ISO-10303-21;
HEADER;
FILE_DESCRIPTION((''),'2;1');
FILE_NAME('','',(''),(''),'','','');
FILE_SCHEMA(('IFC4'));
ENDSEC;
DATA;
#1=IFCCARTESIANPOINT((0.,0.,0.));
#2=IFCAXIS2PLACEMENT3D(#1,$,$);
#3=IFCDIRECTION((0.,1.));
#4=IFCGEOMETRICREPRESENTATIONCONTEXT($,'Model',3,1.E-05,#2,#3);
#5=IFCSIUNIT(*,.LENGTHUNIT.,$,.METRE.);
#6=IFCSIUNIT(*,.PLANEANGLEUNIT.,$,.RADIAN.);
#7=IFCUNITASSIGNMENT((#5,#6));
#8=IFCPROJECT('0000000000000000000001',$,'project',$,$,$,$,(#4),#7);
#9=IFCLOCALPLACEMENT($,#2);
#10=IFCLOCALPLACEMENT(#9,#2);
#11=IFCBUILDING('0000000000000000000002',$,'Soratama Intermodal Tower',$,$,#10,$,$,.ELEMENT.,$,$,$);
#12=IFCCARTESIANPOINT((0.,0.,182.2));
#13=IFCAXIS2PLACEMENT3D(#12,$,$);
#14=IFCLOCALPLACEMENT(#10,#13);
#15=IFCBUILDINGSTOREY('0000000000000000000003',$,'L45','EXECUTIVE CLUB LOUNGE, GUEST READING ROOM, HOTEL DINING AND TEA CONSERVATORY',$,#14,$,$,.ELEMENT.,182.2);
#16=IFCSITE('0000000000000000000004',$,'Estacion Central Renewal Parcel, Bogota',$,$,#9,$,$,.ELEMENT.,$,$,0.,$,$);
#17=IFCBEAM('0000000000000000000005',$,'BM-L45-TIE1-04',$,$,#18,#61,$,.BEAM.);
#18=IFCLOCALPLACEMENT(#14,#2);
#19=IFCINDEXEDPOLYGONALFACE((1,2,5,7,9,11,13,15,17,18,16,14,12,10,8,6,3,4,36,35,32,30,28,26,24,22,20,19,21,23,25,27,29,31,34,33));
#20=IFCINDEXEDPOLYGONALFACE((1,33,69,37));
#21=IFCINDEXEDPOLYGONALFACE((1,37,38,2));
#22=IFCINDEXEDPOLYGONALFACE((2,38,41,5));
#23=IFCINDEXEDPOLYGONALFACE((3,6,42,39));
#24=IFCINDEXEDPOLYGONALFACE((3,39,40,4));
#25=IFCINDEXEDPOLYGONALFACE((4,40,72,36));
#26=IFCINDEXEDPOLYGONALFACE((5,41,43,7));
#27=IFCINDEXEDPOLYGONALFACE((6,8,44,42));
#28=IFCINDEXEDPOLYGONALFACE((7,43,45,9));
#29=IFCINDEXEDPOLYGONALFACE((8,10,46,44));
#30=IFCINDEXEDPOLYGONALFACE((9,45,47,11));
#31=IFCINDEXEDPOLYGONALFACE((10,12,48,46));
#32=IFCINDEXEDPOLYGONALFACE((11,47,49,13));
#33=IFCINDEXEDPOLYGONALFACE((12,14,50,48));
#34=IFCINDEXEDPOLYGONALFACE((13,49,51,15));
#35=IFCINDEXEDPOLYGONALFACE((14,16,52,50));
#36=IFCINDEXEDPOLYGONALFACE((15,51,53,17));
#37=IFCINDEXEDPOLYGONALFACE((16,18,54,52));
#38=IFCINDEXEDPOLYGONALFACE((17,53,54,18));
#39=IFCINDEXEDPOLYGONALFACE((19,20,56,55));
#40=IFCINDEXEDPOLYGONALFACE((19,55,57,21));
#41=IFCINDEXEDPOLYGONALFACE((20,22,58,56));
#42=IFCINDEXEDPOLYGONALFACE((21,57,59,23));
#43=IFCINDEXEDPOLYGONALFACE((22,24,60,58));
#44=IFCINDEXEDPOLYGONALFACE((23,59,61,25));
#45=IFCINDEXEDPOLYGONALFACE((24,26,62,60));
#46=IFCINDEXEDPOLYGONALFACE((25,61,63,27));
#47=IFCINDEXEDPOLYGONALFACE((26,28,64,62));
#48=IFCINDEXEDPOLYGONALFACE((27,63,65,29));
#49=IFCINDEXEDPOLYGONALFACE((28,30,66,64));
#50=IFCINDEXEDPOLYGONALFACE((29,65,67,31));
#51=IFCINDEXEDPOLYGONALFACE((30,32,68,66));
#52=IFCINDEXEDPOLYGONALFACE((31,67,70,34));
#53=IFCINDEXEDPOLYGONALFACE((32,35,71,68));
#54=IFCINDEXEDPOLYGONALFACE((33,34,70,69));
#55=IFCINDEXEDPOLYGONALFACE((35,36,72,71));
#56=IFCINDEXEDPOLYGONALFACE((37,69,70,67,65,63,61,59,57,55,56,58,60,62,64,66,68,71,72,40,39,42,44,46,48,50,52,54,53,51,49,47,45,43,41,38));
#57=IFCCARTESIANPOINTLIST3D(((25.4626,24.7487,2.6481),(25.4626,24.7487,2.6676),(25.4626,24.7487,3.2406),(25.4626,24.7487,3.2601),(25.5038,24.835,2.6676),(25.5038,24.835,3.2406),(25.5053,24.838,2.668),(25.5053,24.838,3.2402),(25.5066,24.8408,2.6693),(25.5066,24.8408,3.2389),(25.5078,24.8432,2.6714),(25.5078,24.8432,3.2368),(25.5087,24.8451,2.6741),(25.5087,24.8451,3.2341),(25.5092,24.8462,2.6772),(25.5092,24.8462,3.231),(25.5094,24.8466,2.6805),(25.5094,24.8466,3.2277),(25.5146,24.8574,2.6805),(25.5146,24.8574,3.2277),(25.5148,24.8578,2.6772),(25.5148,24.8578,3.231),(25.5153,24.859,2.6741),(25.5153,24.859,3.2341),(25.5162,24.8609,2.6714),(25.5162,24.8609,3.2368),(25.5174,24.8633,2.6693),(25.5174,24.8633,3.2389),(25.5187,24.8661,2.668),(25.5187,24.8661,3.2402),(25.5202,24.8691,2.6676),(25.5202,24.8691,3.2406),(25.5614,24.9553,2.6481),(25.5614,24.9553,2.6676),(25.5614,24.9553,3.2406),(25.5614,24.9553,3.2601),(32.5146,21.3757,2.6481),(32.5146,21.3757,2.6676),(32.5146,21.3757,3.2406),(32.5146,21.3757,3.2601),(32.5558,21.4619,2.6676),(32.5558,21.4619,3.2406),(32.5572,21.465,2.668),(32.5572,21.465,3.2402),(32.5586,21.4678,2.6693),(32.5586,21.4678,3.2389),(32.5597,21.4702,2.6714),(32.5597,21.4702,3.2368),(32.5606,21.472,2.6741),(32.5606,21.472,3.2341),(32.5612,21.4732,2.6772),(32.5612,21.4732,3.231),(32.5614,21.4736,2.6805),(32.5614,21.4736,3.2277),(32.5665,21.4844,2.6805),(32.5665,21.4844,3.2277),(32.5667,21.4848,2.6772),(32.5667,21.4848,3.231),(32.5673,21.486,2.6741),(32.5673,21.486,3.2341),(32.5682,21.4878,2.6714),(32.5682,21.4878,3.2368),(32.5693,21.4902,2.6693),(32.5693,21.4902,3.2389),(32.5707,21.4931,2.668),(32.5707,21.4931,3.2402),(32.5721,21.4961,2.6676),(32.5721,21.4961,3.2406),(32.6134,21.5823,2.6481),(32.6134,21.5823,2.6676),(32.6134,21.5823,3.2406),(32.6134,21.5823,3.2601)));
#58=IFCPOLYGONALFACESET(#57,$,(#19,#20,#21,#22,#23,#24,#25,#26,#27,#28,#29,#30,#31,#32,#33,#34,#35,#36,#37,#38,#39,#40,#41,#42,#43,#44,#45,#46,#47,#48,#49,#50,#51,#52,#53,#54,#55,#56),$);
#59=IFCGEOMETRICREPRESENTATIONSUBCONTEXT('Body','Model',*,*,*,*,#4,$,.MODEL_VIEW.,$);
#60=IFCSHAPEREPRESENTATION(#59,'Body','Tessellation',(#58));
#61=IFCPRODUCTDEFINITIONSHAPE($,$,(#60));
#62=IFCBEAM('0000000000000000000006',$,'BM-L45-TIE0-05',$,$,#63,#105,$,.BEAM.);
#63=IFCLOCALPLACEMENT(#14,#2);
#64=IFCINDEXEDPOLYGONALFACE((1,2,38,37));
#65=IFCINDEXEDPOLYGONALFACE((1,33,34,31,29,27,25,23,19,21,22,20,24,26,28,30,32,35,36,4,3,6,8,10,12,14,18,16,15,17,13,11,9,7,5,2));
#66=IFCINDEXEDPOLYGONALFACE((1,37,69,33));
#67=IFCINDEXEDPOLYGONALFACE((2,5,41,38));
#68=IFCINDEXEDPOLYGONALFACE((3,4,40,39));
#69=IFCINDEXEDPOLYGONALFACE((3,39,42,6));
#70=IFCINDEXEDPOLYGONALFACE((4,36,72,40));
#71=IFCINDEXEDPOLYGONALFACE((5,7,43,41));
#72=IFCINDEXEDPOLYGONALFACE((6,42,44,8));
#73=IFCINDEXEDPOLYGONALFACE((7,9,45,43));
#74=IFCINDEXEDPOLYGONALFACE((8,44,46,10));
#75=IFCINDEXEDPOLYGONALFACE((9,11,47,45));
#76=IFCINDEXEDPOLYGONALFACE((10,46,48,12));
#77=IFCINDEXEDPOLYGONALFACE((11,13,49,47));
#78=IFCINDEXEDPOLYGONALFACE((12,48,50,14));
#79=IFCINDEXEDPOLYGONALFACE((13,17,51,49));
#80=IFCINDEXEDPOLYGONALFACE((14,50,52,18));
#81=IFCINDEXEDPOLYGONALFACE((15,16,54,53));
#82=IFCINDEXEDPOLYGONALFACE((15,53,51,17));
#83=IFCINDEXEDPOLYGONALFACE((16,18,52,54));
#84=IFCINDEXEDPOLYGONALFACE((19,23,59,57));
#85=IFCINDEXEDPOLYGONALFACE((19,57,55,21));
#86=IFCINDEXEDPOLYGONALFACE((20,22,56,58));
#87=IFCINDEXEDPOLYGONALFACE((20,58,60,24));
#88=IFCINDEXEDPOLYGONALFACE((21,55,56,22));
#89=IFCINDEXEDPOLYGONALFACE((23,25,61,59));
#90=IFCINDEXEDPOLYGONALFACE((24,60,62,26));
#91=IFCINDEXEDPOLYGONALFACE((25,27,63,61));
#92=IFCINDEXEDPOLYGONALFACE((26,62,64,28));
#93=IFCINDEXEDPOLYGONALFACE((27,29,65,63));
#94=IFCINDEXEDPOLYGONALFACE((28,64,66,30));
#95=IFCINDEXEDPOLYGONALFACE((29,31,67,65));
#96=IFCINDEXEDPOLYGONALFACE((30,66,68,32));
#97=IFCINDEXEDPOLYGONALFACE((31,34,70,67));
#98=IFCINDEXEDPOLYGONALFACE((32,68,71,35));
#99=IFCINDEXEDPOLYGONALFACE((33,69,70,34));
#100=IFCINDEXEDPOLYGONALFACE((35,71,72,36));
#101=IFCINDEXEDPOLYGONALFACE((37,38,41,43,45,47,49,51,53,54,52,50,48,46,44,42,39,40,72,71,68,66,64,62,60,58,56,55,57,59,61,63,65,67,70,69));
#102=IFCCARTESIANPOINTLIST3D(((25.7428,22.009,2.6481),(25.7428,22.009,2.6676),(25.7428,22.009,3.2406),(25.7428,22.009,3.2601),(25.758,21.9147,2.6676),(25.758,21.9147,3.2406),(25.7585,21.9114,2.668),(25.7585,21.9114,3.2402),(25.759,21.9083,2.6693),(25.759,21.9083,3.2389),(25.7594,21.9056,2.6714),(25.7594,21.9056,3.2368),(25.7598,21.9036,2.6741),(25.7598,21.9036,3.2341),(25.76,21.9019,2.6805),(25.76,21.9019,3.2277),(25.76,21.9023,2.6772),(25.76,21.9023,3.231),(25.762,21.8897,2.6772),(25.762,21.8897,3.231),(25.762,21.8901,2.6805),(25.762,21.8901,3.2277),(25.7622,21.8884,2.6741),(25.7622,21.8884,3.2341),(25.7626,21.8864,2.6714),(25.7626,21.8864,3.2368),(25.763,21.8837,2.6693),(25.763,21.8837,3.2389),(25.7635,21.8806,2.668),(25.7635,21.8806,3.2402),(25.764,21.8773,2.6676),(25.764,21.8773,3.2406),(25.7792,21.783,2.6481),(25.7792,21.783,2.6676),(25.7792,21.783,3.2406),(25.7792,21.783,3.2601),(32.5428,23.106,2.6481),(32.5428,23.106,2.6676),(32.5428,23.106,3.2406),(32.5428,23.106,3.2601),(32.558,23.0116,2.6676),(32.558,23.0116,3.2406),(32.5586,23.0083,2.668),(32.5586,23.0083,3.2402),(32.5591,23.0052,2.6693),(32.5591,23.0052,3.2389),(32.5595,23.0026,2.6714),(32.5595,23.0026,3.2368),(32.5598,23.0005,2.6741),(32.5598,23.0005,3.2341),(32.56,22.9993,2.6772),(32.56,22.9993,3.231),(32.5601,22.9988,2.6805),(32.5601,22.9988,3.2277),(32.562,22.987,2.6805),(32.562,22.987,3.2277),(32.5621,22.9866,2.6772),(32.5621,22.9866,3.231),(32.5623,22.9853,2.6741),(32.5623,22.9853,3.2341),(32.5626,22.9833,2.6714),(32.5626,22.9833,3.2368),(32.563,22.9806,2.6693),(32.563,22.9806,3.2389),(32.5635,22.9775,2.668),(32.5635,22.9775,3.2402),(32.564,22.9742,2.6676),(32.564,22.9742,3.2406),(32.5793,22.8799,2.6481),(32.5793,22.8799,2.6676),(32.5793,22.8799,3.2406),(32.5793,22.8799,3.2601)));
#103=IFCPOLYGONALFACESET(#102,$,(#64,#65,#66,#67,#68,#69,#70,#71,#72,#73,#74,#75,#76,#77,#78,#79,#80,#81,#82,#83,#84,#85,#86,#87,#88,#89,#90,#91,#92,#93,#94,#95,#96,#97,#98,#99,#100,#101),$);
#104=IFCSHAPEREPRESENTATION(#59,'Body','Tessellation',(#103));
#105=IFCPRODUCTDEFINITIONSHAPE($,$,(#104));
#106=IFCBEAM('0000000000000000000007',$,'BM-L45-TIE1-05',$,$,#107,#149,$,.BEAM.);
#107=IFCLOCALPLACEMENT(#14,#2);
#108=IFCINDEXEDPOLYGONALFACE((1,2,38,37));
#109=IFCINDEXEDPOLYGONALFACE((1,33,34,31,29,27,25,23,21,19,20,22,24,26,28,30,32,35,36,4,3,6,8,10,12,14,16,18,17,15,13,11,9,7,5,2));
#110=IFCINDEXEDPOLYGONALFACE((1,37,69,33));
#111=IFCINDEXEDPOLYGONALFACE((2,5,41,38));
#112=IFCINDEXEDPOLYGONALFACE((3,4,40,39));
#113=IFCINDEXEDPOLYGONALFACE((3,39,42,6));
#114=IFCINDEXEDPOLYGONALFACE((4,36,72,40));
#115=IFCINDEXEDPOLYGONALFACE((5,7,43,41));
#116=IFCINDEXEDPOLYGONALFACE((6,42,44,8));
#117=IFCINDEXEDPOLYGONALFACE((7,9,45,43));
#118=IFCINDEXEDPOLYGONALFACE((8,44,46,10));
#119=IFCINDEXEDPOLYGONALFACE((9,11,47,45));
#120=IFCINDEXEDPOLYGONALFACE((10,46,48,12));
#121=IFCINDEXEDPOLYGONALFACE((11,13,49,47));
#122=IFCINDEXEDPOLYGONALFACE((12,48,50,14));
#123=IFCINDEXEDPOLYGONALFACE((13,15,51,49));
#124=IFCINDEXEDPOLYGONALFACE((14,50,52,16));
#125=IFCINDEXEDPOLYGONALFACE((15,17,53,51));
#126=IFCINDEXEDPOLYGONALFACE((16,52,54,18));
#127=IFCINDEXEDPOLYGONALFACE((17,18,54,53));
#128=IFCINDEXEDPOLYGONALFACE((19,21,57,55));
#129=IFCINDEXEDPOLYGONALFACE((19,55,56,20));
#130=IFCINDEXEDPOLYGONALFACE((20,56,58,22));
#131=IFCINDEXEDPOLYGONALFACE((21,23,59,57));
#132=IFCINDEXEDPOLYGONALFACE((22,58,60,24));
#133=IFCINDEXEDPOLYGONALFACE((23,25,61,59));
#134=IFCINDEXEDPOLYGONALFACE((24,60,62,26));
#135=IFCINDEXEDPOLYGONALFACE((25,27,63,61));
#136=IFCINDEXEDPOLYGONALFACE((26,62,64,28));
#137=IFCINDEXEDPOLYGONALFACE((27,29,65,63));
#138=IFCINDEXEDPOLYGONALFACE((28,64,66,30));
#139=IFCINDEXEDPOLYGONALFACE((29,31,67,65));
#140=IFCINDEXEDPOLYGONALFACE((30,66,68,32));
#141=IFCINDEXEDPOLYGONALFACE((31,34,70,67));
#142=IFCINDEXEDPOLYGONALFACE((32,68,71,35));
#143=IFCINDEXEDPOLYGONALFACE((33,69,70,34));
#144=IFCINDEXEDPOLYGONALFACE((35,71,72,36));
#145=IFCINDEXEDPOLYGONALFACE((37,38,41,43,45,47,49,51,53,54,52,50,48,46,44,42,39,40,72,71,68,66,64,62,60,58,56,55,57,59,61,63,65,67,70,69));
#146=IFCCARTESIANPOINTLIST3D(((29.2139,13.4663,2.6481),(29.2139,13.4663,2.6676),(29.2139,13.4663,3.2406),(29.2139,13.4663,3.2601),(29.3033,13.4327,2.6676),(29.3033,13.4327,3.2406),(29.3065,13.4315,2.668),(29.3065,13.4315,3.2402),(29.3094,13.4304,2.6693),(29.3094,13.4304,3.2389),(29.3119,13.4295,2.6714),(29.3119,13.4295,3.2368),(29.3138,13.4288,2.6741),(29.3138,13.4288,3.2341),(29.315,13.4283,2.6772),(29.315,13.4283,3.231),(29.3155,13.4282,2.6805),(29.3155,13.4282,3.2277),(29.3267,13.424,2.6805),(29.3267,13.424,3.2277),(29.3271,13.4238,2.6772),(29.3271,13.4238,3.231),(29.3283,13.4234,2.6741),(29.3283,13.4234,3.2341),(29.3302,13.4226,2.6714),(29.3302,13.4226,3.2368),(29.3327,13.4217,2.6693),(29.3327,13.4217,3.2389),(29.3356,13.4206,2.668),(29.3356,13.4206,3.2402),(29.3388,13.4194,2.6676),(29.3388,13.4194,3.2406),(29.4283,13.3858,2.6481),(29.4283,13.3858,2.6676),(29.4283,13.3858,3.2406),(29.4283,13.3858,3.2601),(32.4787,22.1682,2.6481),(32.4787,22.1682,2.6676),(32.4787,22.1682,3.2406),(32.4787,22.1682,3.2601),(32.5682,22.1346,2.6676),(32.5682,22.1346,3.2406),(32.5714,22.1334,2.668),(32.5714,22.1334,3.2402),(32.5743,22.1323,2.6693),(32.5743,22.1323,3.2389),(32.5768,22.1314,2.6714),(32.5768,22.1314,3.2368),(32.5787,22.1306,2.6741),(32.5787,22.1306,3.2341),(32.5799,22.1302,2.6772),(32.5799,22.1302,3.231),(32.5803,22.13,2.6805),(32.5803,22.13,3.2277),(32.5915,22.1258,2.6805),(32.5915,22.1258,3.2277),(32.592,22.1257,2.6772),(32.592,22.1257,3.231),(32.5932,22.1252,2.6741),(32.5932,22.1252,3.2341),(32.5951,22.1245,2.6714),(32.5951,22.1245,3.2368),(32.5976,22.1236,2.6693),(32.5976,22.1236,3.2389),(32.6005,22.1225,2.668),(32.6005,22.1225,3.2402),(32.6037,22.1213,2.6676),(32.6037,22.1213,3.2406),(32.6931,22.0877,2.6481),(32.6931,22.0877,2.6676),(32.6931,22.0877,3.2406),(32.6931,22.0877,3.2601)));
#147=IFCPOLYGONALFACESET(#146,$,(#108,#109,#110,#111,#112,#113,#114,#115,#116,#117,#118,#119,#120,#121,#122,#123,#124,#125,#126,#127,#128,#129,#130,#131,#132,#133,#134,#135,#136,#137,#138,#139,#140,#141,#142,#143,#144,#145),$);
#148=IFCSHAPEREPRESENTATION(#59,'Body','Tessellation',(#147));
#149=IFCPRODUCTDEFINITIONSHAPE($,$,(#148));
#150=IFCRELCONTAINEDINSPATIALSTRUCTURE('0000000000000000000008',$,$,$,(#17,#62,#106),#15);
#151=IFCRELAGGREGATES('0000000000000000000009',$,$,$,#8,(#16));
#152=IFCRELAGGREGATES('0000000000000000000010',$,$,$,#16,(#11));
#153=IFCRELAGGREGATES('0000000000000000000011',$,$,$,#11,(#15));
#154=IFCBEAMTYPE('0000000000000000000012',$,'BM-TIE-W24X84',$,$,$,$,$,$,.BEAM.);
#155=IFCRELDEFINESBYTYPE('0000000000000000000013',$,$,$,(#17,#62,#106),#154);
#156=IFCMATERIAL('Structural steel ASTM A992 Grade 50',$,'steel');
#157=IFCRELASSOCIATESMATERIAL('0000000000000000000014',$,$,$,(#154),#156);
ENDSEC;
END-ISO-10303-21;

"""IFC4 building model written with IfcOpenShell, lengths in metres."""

from ifc_helpers import new_model, si_unit, direction, frame, origin, origin_2d, place, context, subcontext, project, spatial, i_section, extrude, material, material_profile, profile_set, type_object, element, save


model = new_model("IFC4")

# Units and contexts
model_context = context("Model", 3, precision=1e-05, world=origin(), true_north=direction((0.0, 1.0)))
body_context = subcontext(model_context, "Body", "Model", "MODEL_VIEW")
ifc_project = project(units=[si_unit("LENGTHUNIT", "METRE"), si_unit("PLANEANGLEUNIT", "RADIAN")], contexts=[model_context])

# Site, building, storey
site_placement = place(None, origin())
site = spatial("IfcSite", under=ifc_project, at=site_placement, Name="Estacion Central Renewal Parcel, Bogota", CompositionType="ELEMENT", RefElevation=0.0)
building_placement = place(site_placement, origin())
building = spatial("IfcBuilding", under=site, at=building_placement, Name="Soratama Intermodal Tower", CompositionType="ELEMENT")
storey_placement = place(building_placement, frame((0.0, 0.0, 182.2)))
storey = spatial("IfcBuildingStorey", under=building, at=storey_placement, Name="L45", Description="EXECUTIVE CLUB LOUNGE, GUEST READING ROOM, HOTEL DINING AND TEA CONSERVATORY", CompositionType="ELEMENT", Elevation=182.2)

# Beams
ifc_material_1 = material(Name="Structural steel ASTM A992 Grade 50", Category="steel")
ifc_material_profile_1 = material_profile(ifc_material_1, i_section(OverallWidth=0.229, OverallDepth=0.6121, WebThickness=0.012, FlangeThickness=0.0195, FilletRadius=0.0129, at=origin_2d()), Name="W24X84")
ifc_profile_set_1 = profile_set([ifc_material_profile_1], Name="Structural steel ASTM A992 Grade 50")
beam_type_1 = type_object("IfcBeamType", Name="BM-TIE-W24X84", PredefinedType="BEAM", material=ifc_profile_set_1)
beam_1_placement = place(storey_placement, frame((32.564, 21.479, 2.9541), z_axis=(-0.902117, 0.431492, 0.0), x_axis=(-0.431492, -0.902117, 0.0)))
element("IfcBeam", 1, at=beam_1_placement, inside=storey, type_object=beam_type_1, Name="BM-L45-TIE1-04", PredefinedType="BEAM", context=body_context, shape_type="SweptSolid", body=[
    extrude(i_section(OverallWidth=0.229, OverallDepth=0.6121, WebThickness=0.012, FlangeThickness=0.0195, FilletRadius=0.0129, at=origin_2d()), origin(), (0.0, 0.0, 1.0), 7.8171),
])
beam_2_placement = place(storey_placement, frame((32.561, 22.9929, 2.9541), z_axis=(-0.987238, -0.159252, 0.0), x_axis=(0.159252, -0.987238, 0.0)))
element("IfcBeam", 2, at=beam_2_placement, inside=storey, type_object=beam_type_1, Name="BM-L45-TIE0-05", PredefinedType="BEAM", context=body_context, shape_type="SweptSolid", body=[
    extrude(i_section(OverallWidth=0.229, OverallDepth=0.6121, WebThickness=0.012, FlangeThickness=0.0195, FilletRadius=0.0129, at=origin_2d()), origin(), (0.0, 0.0, 1.0), 6.8879),
])
beam_3_placement = place(storey_placement, frame((32.5859, 22.1279, 2.9541), z_axis=(-0.351282, -0.93627, 0.0), x_axis=(0.93627, -0.351282, 0.0)))
element("IfcBeam", 3, at=beam_3_placement, inside=storey, type_object=beam_type_1, Name="BM-L45-TIE1-05", PredefinedType="BEAM", context=body_context, shape_type="SweptSolid", body=[
    extrude(i_section(OverallWidth=0.229, OverallDepth=0.6121, WebThickness=0.012, FlangeThickness=0.0195, FilletRadius=0.0129, at=origin_2d()), origin(), (0.0, 0.0, 1.0), 9.2942),
])

save(model, "model.ifc")
